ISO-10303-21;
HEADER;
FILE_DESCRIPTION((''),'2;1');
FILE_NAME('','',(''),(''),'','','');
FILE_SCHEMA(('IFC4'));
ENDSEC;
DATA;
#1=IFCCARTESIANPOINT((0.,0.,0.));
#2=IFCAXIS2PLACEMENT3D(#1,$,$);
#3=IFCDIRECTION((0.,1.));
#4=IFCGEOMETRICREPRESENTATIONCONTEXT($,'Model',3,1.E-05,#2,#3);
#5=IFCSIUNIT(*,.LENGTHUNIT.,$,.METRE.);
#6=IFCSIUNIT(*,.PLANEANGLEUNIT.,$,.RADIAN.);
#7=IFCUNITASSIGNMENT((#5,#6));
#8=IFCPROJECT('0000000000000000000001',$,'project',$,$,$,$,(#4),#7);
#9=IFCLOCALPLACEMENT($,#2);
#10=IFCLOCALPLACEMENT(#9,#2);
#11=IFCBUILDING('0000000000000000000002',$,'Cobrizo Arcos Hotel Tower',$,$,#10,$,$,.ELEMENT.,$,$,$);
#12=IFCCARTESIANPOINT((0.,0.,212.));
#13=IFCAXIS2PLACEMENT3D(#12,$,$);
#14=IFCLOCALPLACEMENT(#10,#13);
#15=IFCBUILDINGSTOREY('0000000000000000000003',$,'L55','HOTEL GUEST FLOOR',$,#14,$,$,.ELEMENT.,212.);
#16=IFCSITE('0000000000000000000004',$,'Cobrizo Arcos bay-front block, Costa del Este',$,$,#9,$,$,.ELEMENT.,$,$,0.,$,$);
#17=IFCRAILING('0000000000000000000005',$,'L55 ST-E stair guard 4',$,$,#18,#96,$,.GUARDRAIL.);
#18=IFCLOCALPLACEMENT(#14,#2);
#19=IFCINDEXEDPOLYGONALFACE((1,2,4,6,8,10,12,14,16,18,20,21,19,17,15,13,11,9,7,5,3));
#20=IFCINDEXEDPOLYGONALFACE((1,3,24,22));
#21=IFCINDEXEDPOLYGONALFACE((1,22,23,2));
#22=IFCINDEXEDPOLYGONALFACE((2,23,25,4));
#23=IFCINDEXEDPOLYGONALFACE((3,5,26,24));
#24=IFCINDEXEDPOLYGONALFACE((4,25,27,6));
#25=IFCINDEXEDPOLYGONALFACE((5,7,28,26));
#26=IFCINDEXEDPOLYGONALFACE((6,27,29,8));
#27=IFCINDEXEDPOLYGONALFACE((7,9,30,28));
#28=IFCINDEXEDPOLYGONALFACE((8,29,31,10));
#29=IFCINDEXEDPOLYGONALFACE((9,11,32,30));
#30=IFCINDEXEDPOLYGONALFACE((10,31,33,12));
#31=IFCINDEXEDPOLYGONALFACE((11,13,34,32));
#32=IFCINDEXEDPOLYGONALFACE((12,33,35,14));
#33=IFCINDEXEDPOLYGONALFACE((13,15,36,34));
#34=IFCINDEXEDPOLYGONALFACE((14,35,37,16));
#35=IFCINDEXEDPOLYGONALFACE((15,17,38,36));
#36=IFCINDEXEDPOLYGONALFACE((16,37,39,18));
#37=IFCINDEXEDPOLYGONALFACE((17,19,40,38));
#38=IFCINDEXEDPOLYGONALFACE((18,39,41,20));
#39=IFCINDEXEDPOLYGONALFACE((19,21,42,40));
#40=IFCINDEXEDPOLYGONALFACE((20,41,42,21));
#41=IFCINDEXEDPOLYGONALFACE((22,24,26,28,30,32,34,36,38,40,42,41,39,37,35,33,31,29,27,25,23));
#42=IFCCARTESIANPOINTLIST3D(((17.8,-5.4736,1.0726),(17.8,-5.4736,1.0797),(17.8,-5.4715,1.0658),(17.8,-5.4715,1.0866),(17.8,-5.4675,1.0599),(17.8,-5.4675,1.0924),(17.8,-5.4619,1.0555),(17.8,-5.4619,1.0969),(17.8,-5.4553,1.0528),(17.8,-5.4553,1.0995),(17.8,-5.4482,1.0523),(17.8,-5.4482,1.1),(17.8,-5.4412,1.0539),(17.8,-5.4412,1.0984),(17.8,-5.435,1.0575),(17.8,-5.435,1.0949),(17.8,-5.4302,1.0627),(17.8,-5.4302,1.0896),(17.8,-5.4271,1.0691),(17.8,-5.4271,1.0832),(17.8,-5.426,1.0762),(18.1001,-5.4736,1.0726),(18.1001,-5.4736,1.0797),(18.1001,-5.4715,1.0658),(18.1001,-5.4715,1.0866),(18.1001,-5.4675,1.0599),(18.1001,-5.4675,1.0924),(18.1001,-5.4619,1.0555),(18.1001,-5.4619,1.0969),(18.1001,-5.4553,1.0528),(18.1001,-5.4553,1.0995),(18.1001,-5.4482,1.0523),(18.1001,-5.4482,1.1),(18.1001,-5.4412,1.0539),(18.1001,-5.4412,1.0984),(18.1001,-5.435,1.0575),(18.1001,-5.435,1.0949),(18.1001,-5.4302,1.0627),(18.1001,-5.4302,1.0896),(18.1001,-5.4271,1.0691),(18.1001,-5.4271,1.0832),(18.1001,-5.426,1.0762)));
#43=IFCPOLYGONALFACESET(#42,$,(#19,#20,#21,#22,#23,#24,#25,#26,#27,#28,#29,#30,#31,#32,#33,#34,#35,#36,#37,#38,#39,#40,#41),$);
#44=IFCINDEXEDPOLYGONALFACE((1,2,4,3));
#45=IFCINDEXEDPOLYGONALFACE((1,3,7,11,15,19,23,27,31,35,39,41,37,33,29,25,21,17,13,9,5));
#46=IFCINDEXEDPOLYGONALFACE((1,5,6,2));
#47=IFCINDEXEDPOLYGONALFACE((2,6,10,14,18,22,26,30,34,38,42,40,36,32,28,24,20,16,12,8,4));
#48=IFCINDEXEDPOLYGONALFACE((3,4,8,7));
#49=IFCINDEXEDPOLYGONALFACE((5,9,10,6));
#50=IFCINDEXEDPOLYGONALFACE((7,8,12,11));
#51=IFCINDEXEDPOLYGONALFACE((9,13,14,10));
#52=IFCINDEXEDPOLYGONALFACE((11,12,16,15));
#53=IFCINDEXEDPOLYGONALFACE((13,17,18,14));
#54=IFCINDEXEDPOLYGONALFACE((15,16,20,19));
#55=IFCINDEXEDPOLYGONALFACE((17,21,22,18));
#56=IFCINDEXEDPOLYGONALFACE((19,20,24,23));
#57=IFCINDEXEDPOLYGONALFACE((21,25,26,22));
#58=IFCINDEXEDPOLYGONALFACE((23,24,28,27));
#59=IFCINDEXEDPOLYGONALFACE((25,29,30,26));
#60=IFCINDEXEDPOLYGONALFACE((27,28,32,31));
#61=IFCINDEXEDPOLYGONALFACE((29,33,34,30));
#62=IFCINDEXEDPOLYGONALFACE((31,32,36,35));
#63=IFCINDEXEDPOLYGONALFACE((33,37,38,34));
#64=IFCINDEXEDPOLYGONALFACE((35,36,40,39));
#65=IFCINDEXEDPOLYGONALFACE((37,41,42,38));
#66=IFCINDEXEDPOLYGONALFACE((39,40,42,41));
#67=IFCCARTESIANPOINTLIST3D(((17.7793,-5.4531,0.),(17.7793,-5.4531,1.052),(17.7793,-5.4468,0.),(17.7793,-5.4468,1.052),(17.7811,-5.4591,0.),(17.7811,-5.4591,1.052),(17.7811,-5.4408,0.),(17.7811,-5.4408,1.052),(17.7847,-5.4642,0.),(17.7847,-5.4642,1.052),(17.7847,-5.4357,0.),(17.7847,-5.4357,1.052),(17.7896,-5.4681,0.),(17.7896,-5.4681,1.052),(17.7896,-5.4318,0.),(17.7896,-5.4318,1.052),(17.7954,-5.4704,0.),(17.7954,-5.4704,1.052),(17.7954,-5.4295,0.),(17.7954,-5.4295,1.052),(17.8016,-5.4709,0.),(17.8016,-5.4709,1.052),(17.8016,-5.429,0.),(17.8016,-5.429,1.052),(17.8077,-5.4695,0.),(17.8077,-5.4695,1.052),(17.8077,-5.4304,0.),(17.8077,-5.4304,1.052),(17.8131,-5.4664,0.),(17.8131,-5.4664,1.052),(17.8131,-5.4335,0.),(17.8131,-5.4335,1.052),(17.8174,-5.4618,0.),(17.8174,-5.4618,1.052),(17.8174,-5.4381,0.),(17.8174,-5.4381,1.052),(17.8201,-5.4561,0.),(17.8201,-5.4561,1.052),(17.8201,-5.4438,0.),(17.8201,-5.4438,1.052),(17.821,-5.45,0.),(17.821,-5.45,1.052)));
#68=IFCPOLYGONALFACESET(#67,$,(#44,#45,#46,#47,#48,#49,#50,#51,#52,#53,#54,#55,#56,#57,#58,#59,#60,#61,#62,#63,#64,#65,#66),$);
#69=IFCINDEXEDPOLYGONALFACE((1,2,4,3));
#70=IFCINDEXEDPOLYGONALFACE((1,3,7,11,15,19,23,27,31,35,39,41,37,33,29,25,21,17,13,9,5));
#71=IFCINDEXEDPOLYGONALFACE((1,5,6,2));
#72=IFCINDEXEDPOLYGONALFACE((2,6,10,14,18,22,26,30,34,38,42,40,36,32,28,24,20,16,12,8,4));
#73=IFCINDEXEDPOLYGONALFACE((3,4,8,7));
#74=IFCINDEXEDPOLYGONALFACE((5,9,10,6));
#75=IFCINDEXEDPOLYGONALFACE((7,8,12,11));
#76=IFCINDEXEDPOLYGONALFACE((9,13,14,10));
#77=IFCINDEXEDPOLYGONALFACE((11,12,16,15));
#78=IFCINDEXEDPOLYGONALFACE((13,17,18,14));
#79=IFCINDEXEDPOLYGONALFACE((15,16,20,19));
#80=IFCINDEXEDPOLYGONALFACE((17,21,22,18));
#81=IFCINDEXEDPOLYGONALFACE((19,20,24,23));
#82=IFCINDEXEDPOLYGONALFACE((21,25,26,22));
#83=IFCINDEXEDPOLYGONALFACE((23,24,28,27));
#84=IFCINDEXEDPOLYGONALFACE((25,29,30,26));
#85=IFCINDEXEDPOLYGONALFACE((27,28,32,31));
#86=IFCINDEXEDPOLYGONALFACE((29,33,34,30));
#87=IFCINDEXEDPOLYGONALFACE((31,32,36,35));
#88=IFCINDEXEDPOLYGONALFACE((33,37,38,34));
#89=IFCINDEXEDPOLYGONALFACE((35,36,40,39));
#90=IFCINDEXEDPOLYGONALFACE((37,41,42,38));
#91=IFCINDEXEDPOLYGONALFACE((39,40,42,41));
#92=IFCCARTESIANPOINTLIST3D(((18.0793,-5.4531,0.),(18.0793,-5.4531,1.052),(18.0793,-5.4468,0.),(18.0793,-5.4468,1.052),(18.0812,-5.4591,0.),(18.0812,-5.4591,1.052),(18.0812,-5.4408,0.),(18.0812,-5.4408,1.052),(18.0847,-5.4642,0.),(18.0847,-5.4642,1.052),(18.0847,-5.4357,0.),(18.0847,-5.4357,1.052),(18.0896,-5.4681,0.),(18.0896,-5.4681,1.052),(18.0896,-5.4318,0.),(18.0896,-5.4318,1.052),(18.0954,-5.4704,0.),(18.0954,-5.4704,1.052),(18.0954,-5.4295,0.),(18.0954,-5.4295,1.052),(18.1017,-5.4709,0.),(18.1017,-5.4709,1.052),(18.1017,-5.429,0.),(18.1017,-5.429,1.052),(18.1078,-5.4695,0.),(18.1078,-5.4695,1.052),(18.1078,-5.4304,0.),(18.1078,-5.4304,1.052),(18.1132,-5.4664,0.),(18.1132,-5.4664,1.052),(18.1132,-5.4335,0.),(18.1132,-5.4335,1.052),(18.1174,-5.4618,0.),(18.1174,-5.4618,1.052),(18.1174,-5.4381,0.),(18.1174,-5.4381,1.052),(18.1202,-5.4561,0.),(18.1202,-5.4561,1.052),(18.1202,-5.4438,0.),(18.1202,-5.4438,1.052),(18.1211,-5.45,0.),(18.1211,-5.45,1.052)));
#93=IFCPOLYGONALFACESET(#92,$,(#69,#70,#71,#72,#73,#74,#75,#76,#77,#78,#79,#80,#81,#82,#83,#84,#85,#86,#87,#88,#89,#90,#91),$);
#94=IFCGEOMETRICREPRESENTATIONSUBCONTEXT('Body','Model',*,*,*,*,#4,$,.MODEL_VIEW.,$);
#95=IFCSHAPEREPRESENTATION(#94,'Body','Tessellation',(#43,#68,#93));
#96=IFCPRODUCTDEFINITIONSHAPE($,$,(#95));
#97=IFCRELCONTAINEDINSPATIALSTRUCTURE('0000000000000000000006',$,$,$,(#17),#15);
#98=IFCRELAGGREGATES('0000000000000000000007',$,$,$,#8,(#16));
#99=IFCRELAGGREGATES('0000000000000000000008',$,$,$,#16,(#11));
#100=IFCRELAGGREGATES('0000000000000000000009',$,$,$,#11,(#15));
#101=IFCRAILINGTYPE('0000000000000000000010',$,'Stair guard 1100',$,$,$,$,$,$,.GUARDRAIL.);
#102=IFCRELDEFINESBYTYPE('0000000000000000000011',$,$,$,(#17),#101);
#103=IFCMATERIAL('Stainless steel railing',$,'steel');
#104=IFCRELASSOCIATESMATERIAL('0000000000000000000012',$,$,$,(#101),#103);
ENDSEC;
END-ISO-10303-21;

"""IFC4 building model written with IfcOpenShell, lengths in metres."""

from ifc_helpers import new_model, si_unit, direction, frame, origin, origin_2d, place, context, subcontext, project, spatial, circle, extrude, material, type_object, element, save


model = new_model("IFC4")

# Units and contexts
model_context = context("Model", 3, precision=1e-05, world=origin(), true_north=direction((0.0, 1.0)))
body_context = subcontext(model_context, "Body", "Model", "MODEL_VIEW")
ifc_project = project(units=[si_unit("LENGTHUNIT", "METRE"), si_unit("PLANEANGLEUNIT", "RADIAN")], contexts=[model_context])

# Site, building, storey
site_placement = place(None, origin())
site = spatial("IfcSite", under=ifc_project, at=site_placement, Name="Cobrizo Arcos bay-front block, Costa del Este", CompositionType="ELEMENT", RefElevation=0.0)
building_placement = place(site_placement, origin())
building = spatial("IfcBuilding", under=site, at=building_placement, Name="Cobrizo Arcos Hotel Tower", CompositionType="ELEMENT")
storey_placement = place(building_placement, frame((0.0, 0.0, 212.0)))
storey = spatial("IfcBuildingStorey", under=building, at=storey_placement, Name="L55", Description="HOTEL GUEST FLOOR", CompositionType="ELEMENT", Elevation=212.0)

# Railing
ifc_material_1 = material(Name="Stainless steel railing", Category="steel")
railing_type = type_object("IfcRailingType", Name="Stair guard 1100", PredefinedType="GUARDRAIL", material=ifc_material_1)
railing_placement = place(storey_placement, frame((17.8, -5.45, 0.0)))
element("IfcRailing", 1, at=railing_placement, inside=storey, type_object=railing_type, Name="L55 ST-E stair guard 4", PredefinedType="GUARDRAIL", context=body_context, shape_type="SweptSolid", body=[
    extrude(circle(Radius=0.0239, at=origin_2d()), frame((0.0, 0.0, 1.0762), z_axis=(1.0, 0.0, 0.0), x_axis=(0.0, 1.0, 0.0)), (0.0, 0.0, 1.0), 0.3),
    extrude(circle(Radius=0.021, at=origin_2d()), origin(), (0.0, 0.0, 1.0), 1.052),
    extrude(circle(Radius=0.021, at=origin_2d()), frame((0.3, 0.0, 0.0)), (0.0, 0.0, 1.0), 1.052),
])

save(model, "model.ifc")
